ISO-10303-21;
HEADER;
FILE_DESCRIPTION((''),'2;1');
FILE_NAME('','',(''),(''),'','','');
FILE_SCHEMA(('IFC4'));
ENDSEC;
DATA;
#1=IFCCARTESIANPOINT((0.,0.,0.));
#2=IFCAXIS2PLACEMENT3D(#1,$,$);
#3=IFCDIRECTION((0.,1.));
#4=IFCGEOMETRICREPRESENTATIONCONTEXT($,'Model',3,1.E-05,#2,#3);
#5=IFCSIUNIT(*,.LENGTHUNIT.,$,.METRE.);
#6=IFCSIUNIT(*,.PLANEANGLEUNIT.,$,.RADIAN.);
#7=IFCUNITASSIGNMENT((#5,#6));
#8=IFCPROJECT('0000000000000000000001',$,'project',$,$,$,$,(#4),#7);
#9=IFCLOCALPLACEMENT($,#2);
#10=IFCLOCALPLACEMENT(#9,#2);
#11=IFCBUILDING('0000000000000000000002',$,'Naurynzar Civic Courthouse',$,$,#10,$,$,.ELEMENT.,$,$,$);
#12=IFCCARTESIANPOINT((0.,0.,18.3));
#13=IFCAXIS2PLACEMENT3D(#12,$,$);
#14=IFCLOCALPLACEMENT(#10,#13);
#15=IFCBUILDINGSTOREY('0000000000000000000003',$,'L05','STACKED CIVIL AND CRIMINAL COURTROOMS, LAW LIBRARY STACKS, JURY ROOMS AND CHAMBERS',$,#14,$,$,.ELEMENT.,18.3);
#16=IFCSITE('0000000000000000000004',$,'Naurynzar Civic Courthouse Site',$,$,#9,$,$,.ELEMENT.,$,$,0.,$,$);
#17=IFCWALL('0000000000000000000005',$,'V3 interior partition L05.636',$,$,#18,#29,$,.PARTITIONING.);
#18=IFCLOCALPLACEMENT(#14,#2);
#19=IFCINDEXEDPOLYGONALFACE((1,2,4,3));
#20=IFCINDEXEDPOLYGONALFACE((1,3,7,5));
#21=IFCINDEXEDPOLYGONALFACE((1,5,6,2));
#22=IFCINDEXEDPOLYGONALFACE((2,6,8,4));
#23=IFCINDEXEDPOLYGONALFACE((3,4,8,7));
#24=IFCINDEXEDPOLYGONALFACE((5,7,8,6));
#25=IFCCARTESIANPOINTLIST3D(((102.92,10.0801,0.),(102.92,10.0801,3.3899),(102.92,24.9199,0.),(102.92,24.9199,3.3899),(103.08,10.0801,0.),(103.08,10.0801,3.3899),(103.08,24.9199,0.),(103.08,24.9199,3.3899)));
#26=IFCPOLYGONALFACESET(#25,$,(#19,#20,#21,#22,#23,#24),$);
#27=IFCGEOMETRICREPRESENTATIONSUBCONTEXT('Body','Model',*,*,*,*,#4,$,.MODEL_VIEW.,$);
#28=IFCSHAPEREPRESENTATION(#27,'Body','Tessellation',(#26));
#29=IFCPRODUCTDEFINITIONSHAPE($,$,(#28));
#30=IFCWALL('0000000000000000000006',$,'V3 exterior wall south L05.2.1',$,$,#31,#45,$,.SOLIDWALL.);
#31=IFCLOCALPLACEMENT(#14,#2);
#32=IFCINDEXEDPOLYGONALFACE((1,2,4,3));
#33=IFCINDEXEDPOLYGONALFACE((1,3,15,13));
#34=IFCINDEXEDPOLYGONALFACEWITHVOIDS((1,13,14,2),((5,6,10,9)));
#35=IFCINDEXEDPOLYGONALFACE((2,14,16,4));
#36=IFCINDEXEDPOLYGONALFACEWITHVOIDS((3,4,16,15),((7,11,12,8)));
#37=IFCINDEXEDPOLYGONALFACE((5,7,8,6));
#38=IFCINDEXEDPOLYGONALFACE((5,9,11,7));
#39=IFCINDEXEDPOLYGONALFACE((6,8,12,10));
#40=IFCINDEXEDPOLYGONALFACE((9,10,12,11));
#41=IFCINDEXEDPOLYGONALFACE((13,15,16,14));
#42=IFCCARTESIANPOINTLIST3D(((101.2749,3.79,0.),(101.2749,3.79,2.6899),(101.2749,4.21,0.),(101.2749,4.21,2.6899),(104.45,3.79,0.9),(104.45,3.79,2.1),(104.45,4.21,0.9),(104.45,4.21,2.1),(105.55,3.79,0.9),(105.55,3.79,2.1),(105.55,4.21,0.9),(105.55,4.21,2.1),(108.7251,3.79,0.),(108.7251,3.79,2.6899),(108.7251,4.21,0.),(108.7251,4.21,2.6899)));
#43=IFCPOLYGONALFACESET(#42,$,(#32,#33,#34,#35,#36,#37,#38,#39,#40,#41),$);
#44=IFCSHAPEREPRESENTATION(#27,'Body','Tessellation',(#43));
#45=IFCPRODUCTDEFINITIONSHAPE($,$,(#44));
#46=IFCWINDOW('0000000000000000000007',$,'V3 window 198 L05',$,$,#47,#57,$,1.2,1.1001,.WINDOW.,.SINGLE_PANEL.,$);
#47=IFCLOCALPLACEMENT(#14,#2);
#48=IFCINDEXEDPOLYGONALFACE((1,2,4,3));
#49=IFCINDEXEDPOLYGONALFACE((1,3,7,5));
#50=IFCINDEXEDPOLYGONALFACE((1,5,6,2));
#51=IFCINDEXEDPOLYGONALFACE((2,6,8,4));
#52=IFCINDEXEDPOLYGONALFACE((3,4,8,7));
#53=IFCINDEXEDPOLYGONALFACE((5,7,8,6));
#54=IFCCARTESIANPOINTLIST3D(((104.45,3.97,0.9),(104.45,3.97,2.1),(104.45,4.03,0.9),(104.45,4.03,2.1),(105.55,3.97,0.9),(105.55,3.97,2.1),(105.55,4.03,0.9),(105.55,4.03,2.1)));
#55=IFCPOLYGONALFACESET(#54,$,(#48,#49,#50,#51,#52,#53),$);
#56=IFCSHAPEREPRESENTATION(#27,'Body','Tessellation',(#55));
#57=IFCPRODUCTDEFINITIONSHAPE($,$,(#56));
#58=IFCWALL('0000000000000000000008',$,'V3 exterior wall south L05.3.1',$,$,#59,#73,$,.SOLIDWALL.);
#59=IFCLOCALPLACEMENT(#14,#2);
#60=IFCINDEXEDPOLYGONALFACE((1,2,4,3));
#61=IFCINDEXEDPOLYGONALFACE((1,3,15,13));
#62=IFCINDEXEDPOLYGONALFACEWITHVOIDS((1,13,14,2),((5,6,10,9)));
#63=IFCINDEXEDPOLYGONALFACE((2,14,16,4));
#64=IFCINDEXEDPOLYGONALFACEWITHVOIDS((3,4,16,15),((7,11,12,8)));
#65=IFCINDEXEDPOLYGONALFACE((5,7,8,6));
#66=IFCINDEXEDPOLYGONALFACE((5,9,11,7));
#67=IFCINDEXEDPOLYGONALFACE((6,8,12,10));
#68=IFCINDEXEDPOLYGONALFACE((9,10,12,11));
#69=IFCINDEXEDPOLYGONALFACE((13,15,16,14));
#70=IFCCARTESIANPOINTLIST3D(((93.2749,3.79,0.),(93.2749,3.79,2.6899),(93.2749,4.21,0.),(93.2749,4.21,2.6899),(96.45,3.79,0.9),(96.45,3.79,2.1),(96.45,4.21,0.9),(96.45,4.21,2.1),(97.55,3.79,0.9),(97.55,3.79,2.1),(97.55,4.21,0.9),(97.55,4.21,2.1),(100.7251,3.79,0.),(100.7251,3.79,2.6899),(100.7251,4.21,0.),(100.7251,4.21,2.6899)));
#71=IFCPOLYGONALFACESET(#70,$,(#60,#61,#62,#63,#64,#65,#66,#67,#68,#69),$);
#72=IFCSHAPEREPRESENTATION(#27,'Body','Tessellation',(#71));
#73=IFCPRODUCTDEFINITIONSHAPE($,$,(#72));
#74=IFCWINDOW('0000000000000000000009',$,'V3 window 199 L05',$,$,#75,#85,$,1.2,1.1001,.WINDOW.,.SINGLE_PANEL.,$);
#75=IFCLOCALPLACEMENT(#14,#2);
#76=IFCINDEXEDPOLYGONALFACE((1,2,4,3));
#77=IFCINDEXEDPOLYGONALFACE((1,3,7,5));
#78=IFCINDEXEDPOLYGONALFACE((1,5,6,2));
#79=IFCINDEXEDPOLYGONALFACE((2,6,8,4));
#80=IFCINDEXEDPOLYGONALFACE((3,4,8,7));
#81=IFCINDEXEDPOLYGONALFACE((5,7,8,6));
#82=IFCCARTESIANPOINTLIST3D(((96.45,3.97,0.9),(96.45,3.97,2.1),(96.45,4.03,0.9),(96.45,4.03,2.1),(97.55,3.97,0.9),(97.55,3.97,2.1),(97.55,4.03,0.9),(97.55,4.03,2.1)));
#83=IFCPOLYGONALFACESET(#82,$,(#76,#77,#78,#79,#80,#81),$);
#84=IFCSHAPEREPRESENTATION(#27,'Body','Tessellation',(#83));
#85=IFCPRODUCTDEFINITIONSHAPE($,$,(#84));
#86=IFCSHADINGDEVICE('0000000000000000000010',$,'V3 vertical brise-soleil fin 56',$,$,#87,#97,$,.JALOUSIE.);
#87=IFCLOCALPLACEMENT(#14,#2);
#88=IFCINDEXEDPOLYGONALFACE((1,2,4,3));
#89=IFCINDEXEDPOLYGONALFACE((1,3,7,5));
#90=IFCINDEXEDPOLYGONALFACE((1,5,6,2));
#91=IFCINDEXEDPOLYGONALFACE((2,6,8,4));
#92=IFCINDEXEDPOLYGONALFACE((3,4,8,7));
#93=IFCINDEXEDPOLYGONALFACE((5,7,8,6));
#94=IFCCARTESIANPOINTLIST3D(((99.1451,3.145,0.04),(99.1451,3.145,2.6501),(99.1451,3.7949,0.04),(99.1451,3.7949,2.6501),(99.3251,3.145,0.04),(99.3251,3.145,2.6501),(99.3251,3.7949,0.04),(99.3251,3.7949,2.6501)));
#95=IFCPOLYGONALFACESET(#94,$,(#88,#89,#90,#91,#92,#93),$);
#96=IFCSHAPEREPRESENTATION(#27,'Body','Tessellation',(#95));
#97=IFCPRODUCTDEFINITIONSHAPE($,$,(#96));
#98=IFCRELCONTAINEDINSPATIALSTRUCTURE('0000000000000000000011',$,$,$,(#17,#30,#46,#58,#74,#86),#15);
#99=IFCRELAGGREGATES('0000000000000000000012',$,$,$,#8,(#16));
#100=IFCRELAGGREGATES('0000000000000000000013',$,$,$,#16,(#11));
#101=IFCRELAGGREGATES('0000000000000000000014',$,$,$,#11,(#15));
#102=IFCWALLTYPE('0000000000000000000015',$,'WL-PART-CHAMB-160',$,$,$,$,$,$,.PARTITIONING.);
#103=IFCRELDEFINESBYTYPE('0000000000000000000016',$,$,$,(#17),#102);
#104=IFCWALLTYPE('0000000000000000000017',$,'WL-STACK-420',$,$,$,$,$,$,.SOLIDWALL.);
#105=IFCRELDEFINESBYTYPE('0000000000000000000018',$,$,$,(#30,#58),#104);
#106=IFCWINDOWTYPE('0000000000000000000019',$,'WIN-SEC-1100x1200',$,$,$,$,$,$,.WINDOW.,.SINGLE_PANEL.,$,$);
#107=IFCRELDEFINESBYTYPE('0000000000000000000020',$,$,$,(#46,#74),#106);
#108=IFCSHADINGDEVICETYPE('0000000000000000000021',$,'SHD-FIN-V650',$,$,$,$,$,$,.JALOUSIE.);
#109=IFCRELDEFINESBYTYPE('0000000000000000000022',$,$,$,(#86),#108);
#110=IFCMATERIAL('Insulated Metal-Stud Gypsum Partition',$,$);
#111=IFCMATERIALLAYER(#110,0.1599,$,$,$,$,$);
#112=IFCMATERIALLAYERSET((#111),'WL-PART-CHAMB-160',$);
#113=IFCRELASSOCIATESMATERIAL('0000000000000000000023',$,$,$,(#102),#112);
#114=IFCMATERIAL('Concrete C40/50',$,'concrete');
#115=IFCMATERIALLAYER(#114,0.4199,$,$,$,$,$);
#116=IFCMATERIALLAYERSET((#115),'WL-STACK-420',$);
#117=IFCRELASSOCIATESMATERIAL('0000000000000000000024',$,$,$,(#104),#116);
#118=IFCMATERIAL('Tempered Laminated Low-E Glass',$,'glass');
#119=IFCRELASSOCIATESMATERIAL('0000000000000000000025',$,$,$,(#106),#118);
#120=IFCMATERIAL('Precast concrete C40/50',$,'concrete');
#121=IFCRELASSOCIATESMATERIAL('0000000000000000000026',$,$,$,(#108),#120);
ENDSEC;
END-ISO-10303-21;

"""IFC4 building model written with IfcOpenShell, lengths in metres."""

from ifc_helpers import new_model, si_unit, direction, frame, frame_2d, origin, origin_2d, place, context, subcontext, project, spatial, rectangle, extrude, material, layer, layer_set, type_object, element, fill, save


model = new_model("IFC4")

# Units and contexts
model_context = context("Model", 3, precision=1e-05, world=origin(), true_north=direction((0.0, 1.0)))
body_context = subcontext(model_context, "Body", "Model", "MODEL_VIEW")
ifc_project = project(units=[si_unit("LENGTHUNIT", "METRE"), si_unit("PLANEANGLEUNIT", "RADIAN")], contexts=[model_context])

# Site, building, storey
site_placement = place(None, origin())
site = spatial("IfcSite", under=ifc_project, at=site_placement, Name="Naurynzar Civic Courthouse Site", CompositionType="ELEMENT", RefElevation=0.0)
building_placement = place(site_placement, origin())
building = spatial("IfcBuilding", under=site, at=building_placement, Name="Naurynzar Civic Courthouse", CompositionType="ELEMENT")
storey_placement = place(building_placement, frame((0.0, 0.0, 18.3)))
storey = spatial("IfcBuildingStorey", under=building, at=storey_placement, Name="L05", Description="STACKED CIVIL AND CRIMINAL COURTROOMS, LAW LIBRARY STACKS, JURY ROOMS AND CHAMBERS", CompositionType="ELEMENT", Elevation=18.3)

# Wall
ifc_material_1 = material(Name="Insulated Metal-Stud Gypsum Partition")
ifc_layer_1 = layer(ifc_material_1, 0.1599)
ifc_layer_set_1 = layer_set([ifc_layer_1], Name="WL-PART-CHAMB-160")
wall_type_1 = type_object("IfcWallType", Name="WL-PART-CHAMB-160", PredefinedType="PARTITIONING", material=ifc_layer_set_1)
wall_1_placement = place(storey_placement, frame((103.0, 10.0801, 0.0), z_axis=(0.0, 0.0, 1.0), x_axis=(0.0, 1.0, 0.0)))
element("IfcWall", 1, at=wall_1_placement, inside=storey, type_object=wall_type_1, Name="V3 interior partition L05.636", PredefinedType="PARTITIONING", context=body_context, shape_type="SweptSolid", body=[
    extrude(rectangle(XDim=14.8398, YDim=0.1599, at=frame_2d((7.4199, 0.0))), origin(), (0.0, 0.0, 1.0), 3.3899),
])

# Walls, openings, windows
ifc_material_2 = material(Name="Concrete C40/50", Category="concrete")
ifc_layer_2 = layer(ifc_material_2, 0.4199)
ifc_layer_set_2 = layer_set([ifc_layer_2], Name="WL-STACK-420")
wall_type_2 = type_object("IfcWallType", Name="WL-STACK-420", PredefinedType="SOLIDWALL", material=ifc_layer_set_2)
wall_2_placement = place(storey_placement, frame((108.7251, 4.0, 0.0), z_axis=(0.0, 0.0, 1.0), x_axis=(-1.0, 0.0, 0.0)))
wall_2 = element("IfcWall", 2, at=wall_2_placement, inside=storey, type_object=wall_type_2, Name="V3 exterior wall south L05.2.1", PredefinedType="SOLIDWALL", context=body_context, shape_type="SweptSolid", body=[
    extrude(rectangle(XDim=7.4502, YDim=0.4199, at=frame_2d((3.7251, 0.0))), origin(), (0.0, 0.0, 1.0), 2.6899),
])
opening_1_placement = place(wall_2_placement, frame((3.175, 0.0, 0.8999)))
opening_1 = element("IfcOpeningElement", 3, at=opening_1_placement, cuts=wall_2, PredefinedType="OPENING", context=body_context, shape_type="SweptSolid", body=[
    extrude(rectangle(XDim=1.1001, YDim=1.2, at=frame_2d((0.55, 0.6001))), frame((0.0, 0.22, 0.0), z_axis=(0.0, -1.0, 0.0), x_axis=(1.0, 0.0, 0.0)), (0.0, 0.0, 1.0), 0.4399),
])
ifc_material_3 = material(Name="Tempered Laminated Low-E Glass", Category="glass")
window_type = type_object("IfcWindowType", Name="WIN-SEC-1100x1200", PartitioningType="SINGLE_PANEL", PredefinedType="WINDOW", material=ifc_material_3)
window_1_placement = place(opening_1_placement, origin())
window_1 = element("IfcWindow", 4, at=window_1_placement, inside=storey, type_object=window_type, Name="V3 window 198 L05", OverallHeight=1.2, OverallWidth=1.1001, PartitioningType="SINGLE_PANEL", PredefinedType="WINDOW", context=body_context, shape_type="SweptSolid", body=[
    extrude(rectangle(XDim=1.1001, YDim=1.2, at=frame_2d((0.55, 0.6001))), frame((0.0, 0.03, 0.0), z_axis=(0.0, -1.0, 0.0), x_axis=(1.0, 0.0, 0.0)), (0.0, 0.0, 1.0), 0.0601),
])
fill(opening_1, window_1)
wall_3_placement = place(storey_placement, frame((100.7251, 4.0, 0.0), z_axis=(0.0, 0.0, 1.0), x_axis=(-1.0, 0.0, 0.0)))
wall_3 = element("IfcWall", 5, at=wall_3_placement, inside=storey, type_object=wall_type_2, Name="V3 exterior wall south L05.3.1", PredefinedType="SOLIDWALL", context=body_context, shape_type="SweptSolid", body=[
    extrude(rectangle(XDim=7.4502, YDim=0.4199, at=frame_2d((3.7251, 0.0))), origin(), (0.0, 0.0, 1.0), 2.6899),
])
opening_2_placement = place(wall_3_placement, frame((3.175, 0.0, 0.8999)))
opening_2 = element("IfcOpeningElement", 6, at=opening_2_placement, cuts=wall_3, PredefinedType="OPENING", context=body_context, shape_type="SweptSolid", body=[
    extrude(rectangle(XDim=1.1001, YDim=1.2, at=frame_2d((0.55, 0.6001))), frame((0.0, 0.22, 0.0), z_axis=(0.0, -1.0, 0.0), x_axis=(1.0, 0.0, 0.0)), (0.0, 0.0, 1.0), 0.4399),
])
window_2_placement = place(opening_2_placement, origin())
window_2 = element("IfcWindow", 7, at=window_2_placement, inside=storey, type_object=window_type, Name="V3 window 199 L05", OverallHeight=1.2, OverallWidth=1.1001, PartitioningType="SINGLE_PANEL", PredefinedType="WINDOW", context=body_context, shape_type="SweptSolid", body=[
    extrude(rectangle(XDim=1.1001, YDim=1.2, at=frame_2d((0.55, 0.6001))), frame((0.0, 0.03, 0.0), z_axis=(0.0, -1.0, 0.0), x_axis=(1.0, 0.0, 0.0)), (0.0, 0.0, 1.0), 0.0601),
])
fill(opening_2, window_2)

# Shading device
ifc_material_4 = material(Name="Precast concrete C40/50", Category="concrete")
shading_device_type = type_object("IfcShadingDeviceType", Name="SHD-FIN-V650", PredefinedType="JALOUSIE", material=ifc_material_4)
shading_device_placement = place(storey_placement, frame((99.2351, 3.47, 0.04), z_axis=(0.0, 0.0, 1.0), x_axis=(-1.0, 0.0, 0.0)))
element("IfcShadingDevice", 8, at=shading_device_placement, inside=storey, type_object=shading_device_type, Name="V3 vertical brise-soleil fin 56", PredefinedType="JALOUSIE", context=body_context, shape_type="SweptSolid", body=[
    extrude(rectangle(XDim=0.1799, YDim=0.6499, at=origin_2d()), origin(), (0.0, 0.0, 1.0), 2.6101),
])

save(model, "model.ifc")
